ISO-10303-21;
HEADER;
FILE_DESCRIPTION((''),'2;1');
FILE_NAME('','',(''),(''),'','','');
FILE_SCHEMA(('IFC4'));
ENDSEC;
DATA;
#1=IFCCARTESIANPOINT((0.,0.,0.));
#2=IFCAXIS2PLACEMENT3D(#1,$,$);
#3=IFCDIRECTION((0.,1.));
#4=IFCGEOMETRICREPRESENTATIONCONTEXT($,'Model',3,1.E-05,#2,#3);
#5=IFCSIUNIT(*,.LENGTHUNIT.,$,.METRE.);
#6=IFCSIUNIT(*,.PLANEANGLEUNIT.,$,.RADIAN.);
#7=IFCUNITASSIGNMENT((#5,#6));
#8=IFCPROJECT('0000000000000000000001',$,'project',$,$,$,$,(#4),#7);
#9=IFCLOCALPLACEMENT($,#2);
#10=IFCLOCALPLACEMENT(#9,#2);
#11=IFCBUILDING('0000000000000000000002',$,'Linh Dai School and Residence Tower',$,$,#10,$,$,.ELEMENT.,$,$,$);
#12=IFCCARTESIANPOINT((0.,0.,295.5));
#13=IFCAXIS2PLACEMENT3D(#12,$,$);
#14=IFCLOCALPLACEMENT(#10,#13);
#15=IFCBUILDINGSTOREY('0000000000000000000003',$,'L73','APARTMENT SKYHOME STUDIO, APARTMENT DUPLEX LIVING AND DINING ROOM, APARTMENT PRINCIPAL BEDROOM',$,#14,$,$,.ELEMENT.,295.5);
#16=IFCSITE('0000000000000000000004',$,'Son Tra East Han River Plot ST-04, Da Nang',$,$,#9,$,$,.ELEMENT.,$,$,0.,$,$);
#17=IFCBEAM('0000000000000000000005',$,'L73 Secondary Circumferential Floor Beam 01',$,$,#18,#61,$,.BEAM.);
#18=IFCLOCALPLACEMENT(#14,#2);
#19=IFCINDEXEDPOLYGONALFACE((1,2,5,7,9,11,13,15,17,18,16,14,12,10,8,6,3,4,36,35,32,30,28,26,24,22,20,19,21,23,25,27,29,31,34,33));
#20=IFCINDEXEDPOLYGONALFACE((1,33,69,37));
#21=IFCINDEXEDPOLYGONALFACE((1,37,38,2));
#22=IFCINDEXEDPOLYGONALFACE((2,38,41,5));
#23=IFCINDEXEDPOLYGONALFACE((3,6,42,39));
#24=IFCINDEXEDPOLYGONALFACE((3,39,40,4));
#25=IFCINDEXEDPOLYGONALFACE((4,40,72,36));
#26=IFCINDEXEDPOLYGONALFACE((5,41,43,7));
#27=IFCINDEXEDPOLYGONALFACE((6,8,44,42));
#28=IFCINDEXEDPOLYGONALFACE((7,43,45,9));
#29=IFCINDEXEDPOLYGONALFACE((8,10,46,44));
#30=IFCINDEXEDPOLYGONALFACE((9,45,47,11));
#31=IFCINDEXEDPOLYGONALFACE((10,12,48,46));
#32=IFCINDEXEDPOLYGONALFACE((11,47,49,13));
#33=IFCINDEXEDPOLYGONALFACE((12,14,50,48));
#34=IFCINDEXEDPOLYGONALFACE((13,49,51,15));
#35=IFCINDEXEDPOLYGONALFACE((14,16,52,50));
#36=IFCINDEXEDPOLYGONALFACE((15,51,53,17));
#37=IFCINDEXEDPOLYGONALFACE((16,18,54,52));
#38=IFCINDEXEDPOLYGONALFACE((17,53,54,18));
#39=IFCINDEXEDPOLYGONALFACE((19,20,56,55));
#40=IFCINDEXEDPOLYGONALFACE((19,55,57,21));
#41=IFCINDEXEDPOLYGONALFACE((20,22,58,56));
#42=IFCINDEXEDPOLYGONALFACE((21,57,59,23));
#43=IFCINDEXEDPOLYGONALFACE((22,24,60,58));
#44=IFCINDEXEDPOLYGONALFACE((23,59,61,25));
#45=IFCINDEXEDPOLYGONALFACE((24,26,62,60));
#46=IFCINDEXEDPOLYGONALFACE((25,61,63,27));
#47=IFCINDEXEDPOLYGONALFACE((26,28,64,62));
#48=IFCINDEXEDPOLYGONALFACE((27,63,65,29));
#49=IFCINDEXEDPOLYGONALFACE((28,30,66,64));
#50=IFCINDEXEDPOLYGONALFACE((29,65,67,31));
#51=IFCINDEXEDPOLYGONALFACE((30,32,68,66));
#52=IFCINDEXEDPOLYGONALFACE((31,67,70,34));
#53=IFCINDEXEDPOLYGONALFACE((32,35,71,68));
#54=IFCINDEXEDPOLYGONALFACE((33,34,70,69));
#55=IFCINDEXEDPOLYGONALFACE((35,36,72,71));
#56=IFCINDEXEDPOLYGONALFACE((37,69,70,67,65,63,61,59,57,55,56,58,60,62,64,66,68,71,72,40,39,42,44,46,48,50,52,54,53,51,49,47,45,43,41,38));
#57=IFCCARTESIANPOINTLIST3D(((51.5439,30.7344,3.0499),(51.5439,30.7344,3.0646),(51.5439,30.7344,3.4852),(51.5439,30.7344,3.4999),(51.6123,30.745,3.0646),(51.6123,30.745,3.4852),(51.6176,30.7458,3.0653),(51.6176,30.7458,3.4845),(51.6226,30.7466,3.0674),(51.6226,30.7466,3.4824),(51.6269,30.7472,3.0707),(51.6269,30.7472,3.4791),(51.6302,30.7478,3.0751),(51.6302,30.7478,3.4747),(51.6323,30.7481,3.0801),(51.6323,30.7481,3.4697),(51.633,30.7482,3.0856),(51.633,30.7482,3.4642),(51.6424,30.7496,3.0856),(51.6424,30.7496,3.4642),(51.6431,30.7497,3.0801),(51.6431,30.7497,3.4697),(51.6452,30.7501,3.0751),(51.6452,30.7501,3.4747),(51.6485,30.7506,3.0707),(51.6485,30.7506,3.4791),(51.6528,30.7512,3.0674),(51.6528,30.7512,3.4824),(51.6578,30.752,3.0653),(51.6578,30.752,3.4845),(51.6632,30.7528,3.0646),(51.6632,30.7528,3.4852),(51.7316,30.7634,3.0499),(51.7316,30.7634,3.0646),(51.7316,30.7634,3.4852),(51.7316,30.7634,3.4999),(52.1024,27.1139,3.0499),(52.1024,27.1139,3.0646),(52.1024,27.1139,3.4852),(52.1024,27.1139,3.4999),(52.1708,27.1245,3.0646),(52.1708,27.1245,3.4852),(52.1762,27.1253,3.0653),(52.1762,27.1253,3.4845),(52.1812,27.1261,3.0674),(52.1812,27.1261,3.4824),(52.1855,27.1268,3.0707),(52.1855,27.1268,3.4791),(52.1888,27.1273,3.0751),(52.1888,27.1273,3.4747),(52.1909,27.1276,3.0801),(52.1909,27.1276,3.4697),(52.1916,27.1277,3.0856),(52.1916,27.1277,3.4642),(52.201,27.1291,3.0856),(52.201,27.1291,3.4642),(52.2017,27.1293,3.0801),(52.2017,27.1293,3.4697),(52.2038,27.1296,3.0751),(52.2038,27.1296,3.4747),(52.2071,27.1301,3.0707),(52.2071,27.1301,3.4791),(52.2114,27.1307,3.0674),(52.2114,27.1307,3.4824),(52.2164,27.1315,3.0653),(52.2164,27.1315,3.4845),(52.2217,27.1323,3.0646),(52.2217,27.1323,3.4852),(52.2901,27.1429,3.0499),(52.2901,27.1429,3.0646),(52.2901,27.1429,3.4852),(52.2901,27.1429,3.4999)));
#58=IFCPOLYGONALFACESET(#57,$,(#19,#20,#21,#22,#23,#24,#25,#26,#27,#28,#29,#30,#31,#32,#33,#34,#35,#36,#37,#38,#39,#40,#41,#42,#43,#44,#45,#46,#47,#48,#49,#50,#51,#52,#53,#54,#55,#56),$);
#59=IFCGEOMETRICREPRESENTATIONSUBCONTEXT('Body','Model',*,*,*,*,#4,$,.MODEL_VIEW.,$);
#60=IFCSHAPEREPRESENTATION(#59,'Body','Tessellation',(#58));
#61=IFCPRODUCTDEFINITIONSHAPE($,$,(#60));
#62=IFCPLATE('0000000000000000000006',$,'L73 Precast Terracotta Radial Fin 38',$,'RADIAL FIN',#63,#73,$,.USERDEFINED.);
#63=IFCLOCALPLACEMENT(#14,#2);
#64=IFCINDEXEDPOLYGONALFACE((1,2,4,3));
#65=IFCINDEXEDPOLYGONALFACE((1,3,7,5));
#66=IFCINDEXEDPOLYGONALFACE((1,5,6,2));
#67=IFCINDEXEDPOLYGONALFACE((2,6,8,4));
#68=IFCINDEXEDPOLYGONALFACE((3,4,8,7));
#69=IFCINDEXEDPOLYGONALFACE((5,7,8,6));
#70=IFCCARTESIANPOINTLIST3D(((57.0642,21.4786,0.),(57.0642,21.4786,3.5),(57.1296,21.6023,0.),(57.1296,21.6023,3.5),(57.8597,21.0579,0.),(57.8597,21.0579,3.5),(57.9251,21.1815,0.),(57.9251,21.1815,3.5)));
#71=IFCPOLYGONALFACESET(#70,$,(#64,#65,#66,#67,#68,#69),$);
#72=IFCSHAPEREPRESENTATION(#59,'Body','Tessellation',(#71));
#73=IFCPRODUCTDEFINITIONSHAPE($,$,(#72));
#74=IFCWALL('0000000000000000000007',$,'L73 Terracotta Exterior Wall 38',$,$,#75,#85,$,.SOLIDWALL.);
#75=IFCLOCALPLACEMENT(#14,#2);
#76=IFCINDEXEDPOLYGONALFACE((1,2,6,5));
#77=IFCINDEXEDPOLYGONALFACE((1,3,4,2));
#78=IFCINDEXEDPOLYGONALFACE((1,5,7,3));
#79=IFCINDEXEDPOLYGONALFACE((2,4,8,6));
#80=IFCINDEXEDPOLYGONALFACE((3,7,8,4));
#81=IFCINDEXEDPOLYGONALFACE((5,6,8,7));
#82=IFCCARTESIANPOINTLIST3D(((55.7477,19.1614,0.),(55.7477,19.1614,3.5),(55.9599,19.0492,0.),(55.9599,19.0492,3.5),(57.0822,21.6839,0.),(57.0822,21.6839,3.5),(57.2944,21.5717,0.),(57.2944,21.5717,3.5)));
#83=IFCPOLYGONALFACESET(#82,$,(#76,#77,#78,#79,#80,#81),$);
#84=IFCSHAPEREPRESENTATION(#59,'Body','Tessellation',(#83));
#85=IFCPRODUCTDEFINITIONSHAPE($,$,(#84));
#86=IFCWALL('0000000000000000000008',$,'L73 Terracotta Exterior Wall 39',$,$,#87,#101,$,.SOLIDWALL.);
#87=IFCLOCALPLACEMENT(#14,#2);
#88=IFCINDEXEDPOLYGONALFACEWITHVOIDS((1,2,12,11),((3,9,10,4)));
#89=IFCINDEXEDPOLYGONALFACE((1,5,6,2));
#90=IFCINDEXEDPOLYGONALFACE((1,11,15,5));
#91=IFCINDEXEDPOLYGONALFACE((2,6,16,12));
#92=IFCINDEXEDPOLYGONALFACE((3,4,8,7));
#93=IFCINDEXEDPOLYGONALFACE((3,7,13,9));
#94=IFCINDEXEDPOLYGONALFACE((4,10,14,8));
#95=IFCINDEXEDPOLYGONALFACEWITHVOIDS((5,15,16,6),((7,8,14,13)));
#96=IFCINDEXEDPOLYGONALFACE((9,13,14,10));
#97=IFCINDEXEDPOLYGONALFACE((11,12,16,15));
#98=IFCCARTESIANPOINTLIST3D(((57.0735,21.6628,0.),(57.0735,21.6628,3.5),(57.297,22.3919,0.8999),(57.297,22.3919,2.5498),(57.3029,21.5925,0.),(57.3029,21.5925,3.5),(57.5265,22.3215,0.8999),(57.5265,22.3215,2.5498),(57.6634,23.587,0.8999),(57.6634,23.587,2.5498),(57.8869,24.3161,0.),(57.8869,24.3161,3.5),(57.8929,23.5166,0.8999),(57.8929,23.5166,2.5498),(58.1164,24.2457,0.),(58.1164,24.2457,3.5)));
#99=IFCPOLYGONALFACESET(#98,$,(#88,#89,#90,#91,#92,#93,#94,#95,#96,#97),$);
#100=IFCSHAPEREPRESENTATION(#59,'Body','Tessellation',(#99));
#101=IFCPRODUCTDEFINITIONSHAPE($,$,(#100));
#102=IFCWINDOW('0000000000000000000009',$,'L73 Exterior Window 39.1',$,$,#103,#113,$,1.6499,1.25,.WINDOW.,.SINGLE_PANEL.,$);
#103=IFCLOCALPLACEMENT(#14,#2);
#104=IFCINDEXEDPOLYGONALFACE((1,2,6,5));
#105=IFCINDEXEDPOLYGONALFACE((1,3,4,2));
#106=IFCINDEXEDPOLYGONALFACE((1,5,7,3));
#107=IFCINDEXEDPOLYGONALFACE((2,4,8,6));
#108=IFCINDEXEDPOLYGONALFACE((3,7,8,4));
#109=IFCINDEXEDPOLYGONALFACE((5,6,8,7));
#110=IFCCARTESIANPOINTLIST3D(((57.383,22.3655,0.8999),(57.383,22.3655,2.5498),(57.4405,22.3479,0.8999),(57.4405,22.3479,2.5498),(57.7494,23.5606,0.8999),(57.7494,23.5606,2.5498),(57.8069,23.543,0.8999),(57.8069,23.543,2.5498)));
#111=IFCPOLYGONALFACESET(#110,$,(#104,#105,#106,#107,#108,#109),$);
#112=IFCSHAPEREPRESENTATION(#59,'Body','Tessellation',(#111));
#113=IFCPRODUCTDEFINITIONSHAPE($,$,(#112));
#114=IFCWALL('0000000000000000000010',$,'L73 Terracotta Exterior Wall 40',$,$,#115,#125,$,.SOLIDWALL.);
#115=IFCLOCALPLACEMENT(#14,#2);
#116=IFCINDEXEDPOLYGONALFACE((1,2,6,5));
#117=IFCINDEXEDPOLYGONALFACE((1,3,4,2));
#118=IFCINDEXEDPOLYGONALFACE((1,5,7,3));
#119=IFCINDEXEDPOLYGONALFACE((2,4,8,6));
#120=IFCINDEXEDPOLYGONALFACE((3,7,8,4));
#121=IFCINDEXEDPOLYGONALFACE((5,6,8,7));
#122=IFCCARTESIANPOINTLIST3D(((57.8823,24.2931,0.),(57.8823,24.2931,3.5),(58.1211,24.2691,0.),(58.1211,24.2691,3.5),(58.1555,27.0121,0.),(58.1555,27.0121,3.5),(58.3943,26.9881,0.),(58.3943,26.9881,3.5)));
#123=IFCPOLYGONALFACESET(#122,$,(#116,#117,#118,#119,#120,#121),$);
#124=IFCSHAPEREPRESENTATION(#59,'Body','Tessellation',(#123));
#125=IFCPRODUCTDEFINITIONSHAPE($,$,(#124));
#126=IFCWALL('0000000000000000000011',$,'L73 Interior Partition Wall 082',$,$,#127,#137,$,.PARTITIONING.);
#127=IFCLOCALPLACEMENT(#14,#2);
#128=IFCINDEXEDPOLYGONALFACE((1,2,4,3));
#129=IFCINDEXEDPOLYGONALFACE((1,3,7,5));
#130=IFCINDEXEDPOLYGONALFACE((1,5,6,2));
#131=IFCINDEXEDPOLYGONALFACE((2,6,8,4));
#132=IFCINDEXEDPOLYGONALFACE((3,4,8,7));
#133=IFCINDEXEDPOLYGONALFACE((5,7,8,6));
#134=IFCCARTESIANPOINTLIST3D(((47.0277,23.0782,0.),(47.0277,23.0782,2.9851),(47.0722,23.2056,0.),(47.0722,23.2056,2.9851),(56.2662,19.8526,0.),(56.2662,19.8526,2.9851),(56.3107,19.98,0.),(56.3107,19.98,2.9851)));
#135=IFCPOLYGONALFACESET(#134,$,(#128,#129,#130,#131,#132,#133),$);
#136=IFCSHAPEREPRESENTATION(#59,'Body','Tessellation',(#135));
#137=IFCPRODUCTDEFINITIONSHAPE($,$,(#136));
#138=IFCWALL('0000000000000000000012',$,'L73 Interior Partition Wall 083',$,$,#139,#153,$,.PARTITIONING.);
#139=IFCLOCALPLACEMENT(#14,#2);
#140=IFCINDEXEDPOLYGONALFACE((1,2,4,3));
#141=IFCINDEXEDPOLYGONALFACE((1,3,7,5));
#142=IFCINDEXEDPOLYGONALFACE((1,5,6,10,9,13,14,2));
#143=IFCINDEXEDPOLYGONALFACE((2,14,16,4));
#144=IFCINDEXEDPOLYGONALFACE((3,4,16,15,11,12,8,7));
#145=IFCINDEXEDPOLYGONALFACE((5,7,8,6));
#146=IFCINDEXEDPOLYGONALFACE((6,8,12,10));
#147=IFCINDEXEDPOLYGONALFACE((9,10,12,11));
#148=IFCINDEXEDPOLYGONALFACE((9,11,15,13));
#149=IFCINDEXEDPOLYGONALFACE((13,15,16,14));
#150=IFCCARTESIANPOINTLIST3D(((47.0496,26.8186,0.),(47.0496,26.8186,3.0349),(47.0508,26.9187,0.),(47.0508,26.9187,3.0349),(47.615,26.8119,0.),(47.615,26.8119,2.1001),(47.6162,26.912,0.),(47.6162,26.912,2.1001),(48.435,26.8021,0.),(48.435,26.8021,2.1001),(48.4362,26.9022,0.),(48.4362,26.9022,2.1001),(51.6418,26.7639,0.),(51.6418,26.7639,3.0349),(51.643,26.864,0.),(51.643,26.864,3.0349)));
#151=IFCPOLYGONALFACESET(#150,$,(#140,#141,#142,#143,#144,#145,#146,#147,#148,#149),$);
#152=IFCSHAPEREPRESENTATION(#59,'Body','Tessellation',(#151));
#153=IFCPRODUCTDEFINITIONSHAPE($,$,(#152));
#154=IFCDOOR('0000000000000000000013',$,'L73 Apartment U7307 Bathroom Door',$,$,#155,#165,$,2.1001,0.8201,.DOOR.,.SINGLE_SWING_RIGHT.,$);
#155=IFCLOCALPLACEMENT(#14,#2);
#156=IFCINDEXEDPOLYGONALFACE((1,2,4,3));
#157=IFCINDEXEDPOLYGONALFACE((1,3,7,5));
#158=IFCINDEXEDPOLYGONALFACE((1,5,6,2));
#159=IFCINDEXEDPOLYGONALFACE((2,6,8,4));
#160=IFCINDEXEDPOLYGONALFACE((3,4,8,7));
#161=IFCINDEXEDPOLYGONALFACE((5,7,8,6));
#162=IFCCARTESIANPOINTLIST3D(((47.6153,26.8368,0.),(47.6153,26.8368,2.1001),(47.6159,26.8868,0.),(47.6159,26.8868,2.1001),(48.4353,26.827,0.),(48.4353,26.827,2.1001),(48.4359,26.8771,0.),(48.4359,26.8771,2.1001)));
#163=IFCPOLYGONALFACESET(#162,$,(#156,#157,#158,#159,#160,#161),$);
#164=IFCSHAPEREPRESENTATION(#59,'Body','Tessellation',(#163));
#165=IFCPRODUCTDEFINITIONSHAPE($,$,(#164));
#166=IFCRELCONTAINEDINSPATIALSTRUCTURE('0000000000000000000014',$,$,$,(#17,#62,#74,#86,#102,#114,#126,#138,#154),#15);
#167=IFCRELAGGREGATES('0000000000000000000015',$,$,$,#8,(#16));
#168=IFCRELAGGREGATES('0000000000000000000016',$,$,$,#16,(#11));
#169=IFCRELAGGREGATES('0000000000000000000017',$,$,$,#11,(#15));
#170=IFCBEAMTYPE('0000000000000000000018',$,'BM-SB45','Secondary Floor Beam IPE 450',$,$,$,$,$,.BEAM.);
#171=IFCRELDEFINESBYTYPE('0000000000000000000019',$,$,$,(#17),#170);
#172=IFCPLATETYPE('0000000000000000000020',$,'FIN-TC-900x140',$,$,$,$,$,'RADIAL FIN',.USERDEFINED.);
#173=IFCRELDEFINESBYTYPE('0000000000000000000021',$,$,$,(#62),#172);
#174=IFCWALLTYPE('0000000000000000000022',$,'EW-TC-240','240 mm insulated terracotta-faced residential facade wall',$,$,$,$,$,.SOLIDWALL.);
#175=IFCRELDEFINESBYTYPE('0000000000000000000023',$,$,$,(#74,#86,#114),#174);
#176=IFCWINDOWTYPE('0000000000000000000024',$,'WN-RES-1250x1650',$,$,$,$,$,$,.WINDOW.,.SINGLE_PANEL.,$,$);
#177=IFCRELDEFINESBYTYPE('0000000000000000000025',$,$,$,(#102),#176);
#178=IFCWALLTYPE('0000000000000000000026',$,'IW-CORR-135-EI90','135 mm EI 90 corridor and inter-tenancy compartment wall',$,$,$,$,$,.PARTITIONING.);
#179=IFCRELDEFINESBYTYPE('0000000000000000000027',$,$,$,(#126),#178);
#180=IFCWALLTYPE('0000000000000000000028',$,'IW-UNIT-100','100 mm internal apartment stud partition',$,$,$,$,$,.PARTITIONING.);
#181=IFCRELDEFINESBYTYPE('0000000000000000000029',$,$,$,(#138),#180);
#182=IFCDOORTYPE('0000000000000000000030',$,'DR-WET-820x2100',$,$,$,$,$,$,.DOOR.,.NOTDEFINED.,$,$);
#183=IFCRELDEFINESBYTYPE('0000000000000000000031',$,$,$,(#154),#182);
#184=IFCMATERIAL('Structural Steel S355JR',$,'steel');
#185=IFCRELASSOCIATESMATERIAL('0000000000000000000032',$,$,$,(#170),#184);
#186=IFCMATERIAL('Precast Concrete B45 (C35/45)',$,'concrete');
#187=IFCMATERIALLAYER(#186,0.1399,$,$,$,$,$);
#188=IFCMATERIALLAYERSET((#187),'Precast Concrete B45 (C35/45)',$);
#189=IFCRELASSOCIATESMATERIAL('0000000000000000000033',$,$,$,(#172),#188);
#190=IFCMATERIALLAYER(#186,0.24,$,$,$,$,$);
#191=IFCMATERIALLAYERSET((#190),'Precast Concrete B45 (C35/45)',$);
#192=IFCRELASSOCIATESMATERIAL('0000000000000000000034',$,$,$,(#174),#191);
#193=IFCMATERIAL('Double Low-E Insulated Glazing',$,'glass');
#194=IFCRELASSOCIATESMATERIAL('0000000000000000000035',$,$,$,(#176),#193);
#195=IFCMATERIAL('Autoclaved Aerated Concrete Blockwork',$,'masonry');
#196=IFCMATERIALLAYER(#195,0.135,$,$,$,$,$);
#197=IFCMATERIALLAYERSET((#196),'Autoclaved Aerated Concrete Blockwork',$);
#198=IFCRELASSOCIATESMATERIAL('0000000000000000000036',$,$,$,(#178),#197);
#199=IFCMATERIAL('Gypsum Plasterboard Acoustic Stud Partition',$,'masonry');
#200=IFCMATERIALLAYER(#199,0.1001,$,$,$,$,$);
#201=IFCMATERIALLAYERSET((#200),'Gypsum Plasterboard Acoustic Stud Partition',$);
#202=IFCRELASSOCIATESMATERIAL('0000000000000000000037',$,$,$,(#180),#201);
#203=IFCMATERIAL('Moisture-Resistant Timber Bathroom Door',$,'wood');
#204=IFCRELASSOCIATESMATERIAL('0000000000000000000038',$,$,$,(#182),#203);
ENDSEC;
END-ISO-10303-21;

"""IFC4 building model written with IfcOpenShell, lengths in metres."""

from ifc_helpers import new_model, si_unit, direction, frame, frame_2d, origin, origin_2d, place, context, subcontext, project, spatial, rectangle, i_section, extrude, source, transform, mapped, material, layer, layer_set, material_profile, profile_set, type_object, element, fill, save


model = new_model("IFC4")

# Units and contexts
model_context = context("Model", 3, precision=1e-05, world=origin(), true_north=direction((0.0, 1.0)))
body_context = subcontext(model_context, "Body", "Model", "MODEL_VIEW")
ifc_project = project(units=[si_unit("LENGTHUNIT", "METRE"), si_unit("PLANEANGLEUNIT", "RADIAN")], contexts=[model_context])

# Site, building, storey
site_placement = place(None, origin())
site = spatial("IfcSite", under=ifc_project, at=site_placement, Name="Son Tra East Han River Plot ST-04, Da Nang", CompositionType="ELEMENT", RefElevation=0.0)
building_placement = place(site_placement, origin())
building = spatial("IfcBuilding", under=site, at=building_placement, Name="Linh Dai School and Residence Tower", CompositionType="ELEMENT")
storey_placement = place(building_placement, frame((0.0, 0.0, 295.5)))
storey = spatial("IfcBuildingStorey", under=building, at=storey_placement, Name="L73", Description="APARTMENT SKYHOME STUDIO, APARTMENT DUPLEX LIVING AND DINING ROOM, APARTMENT PRINCIPAL BEDROOM", CompositionType="ELEMENT", Elevation=295.5)

# Shared definitions
ifc_material_1 = material(Name="Structural Steel S355JR", Category="steel")

# Beam
ifc_material_profile_1 = material_profile(ifc_material_1, i_section(OverallWidth=0.1899, OverallDepth=0.45, WebThickness=0.0095, FlangeThickness=0.0146, FilletRadius=0.021, at=origin_2d()), Name="IPE 450")
ifc_profile_set_1 = profile_set([ifc_material_profile_1], Name="Structural Steel S355JR")
beam_type_1 = type_object("IfcBeamType", Name="BM-SB45", Description="Secondary Floor Beam IPE 450", PredefinedType="BEAM", material=ifc_profile_set_1)
beam_1_placement = place(storey_placement, frame((52.1963, 27.1284, 3.2749), z_axis=(-0.152478, 0.988307, 0.0), x_axis=(-0.988307, -0.152478, 0.0)))
element("IfcBeam", 1, at=beam_1_placement, inside=storey, type_object=beam_type_1, Name="L73 Secondary Circumferential Floor Beam 01", PredefinedType="BEAM", context=body_context, shape_type="SweptSolid", body=[
    extrude(i_section(OverallWidth=0.1899, OverallDepth=0.45, WebThickness=0.0095, FlangeThickness=0.0146, FilletRadius=0.021, at=origin_2d()), origin(), (0.0, 0.0, 1.0), 3.6633),
])

# Plate
ifc_material_2 = material(Name="Precast Concrete B45 (C35/45)", Category="concrete")
ifc_layer_1 = layer(ifc_material_2, 0.1399)
ifc_layer_set_1 = layer_set([ifc_layer_1], Name="Precast Concrete B45 (C35/45)")
plate_type = type_object("IfcPlateType", Name="FIN-TC-900x140", ElementType="RADIAL FIN", PredefinedType="USERDEFINED", material=ifc_layer_set_1)
shared_shape_1 = source(origin(), body_context, "Body", "SweptSolid", [
    extrude(rectangle(XDim=0.8999, YDim=0.1399, at=origin_2d()), origin(), (0.0, 0.0, 1.0), 3.5),
])
plate_placement = place(storey_placement, frame((57.4946, 21.3301, 0.0), z_axis=(0.0, 0.0, 1.0), x_axis=(0.883938, -0.467604, 0.0)))
element("IfcPlate", 2, at=plate_placement, inside=storey, type_object=plate_type, Name="L73 Precast Terracotta Radial Fin 38", ObjectType="RADIAL FIN", PredefinedType="USERDEFINED", context=body_context, shape_type="MappedRepresentation", body=[
    mapped(shared_shape_1, transform((0.0, 0.0, 0.0), x_axis=(1.0, 0.0, 0.0), y_axis=(0.0, 1.0, 0.0), z_axis=(0.0, 0.0, 1.0), scale=1.0)),
])

# Wall
ifc_layer_2 = layer(ifc_material_2, 0.24)
ifc_layer_set_2 = layer_set([ifc_layer_2], Name="Precast Concrete B45 (C35/45)")
wall_type_1 = type_object("IfcWallType", Name="EW-TC-240", Description="240 mm insulated terracotta-faced residential facade wall", PredefinedType="SOLIDWALL", material=ifc_layer_set_2)
wall_1_placement = place(storey_placement, frame((57.1882, 21.6277, 0.0), z_axis=(0.0, 0.0, 1.0), x_axis=(-0.467628, -0.883925, 0.0)))
element("IfcWall", 3, at=wall_1_placement, inside=storey, type_object=wall_type_1, Name="L73 Terracotta Exterior Wall 38", PredefinedType="SOLIDWALL", context=body_context, shape_type="SweptSolid", body=[
    extrude(rectangle(XDim=2.8538, YDim=0.24, at=frame_2d((1.4268, 0.0))), origin(), (0.0, 0.0, 1.0), 3.5),
])

# Wall, opening, window
wall_2_placement = place(storey_placement, frame((58.0017, 24.281, 0.0), z_axis=(0.0, 0.0, 1.0), x_axis=(-0.293121, -0.956075, 0.0)))
wall_2 = element("IfcWall", 4, at=wall_2_placement, inside=storey, type_object=wall_type_1, Name="L73 Terracotta Exterior Wall 39", PredefinedType="SOLIDWALL", context=body_context, shape_type="SweptSolid", body=[
    extrude(rectangle(XDim=2.7751, YDim=0.24, at=frame_2d((1.3877, 0.0))), origin(), (0.0, 0.0, 1.0), 3.5),
])
opening_1_placement = place(wall_2_placement, frame((0.7627, 0.0, 0.8999)))
opening_1 = element("IfcOpeningElement", 5, at=opening_1_placement, cuts=wall_2, PredefinedType="OPENING", context=body_context, shape_type="SweptSolid", body=[
    extrude(rectangle(XDim=1.25, YDim=1.6499, at=origin_2d()), frame((0.625, 0.1299, 0.825), z_axis=(0.0, -1.0, 0.0), x_axis=(1.0, 0.0, 0.0)), (0.0, 0.0, 1.0), 0.26),
])
ifc_material_3 = material(Name="Double Low-E Insulated Glazing", Category="glass")
window_type = type_object("IfcWindowType", Name="WN-RES-1250x1650", PartitioningType="SINGLE_PANEL", PredefinedType="WINDOW", material=ifc_material_3)
shared_shape_2 = source(origin(), body_context, "Body", "SweptSolid", [
    extrude(rectangle(XDim=1.25, YDim=1.6499, at=origin_2d()), frame((0.625, 0.03, 0.825), z_axis=(0.0, -1.0, 0.0), x_axis=(1.0, 0.0, 0.0)), (0.0, 0.0, 1.0), 0.0601),
])
window_placement = place(opening_1_placement, origin())
window = element("IfcWindow", 6, at=window_placement, inside=storey, type_object=window_type, Name="L73 Exterior Window 39.1", OverallHeight=1.6499, OverallWidth=1.25, PartitioningType="SINGLE_PANEL", PredefinedType="WINDOW", context=body_context, shape_type="MappedRepresentation", body=[
    mapped(shared_shape_2, transform((0.0, 0.0, 0.0), x_axis=(1.0, 0.0, 0.0), y_axis=(0.0, 1.0, 0.0), z_axis=(0.0, 0.0, 1.0), scale=1.0)),
])
fill(opening_1, window)

# Walls
wall_3_placement = place(storey_placement, frame((58.2749, 27.0, 0.0), z_axis=(0.0, 0.0, 1.0), x_axis=(-0.099973, -0.99499, 0.0)))
element("IfcWall", 7, at=wall_3_placement, inside=storey, type_object=wall_type_1, Name="L73 Terracotta Exterior Wall 40", PredefinedType="SOLIDWALL", context=body_context, shape_type="SweptSolid", body=[
    extrude(rectangle(XDim=2.7327, YDim=0.24, at=frame_2d((1.3662, 0.0))), origin(), (0.0, 0.0, 1.0), 3.5),
])
ifc_material_4 = material(Name="Autoclaved Aerated Concrete Blockwork", Category="masonry")
ifc_layer_3 = layer(ifc_material_4, 0.135)
ifc_layer_set_3 = layer_set([ifc_layer_3], Name="Autoclaved Aerated Concrete Blockwork")
wall_type_2 = type_object("IfcWallType", Name="IW-CORR-135-EI90", Description="135 mm EI 90 corridor and inter-tenancy compartment wall", PredefinedType="PARTITIONING", material=ifc_layer_set_3)
wall_4_placement = place(storey_placement, frame((47.05, 23.1418, 0.0), z_axis=(0.0, 0.0, 1.0), x_axis=(0.94411, -0.329631, 0.0)))
element("IfcWall", 8, at=wall_4_placement, inside=storey, type_object=wall_type_2, Name="L73 Interior Partition Wall 082", PredefinedType="PARTITIONING", context=body_context, shape_type="SweptSolid", body=[
    extrude(rectangle(XDim=9.7854, YDim=0.135, at=frame_2d((4.8926, 0.0))), origin(), (0.0, 0.0, 1.0), 2.9851),
])

# Wall, opening, door
ifc_material_5 = material(Name="Gypsum Plasterboard Acoustic Stud Partition", Category="masonry")
ifc_layer_4 = layer(ifc_material_5, 0.1001)
ifc_layer_set_4 = layer_set([ifc_layer_4], Name="Gypsum Plasterboard Acoustic Stud Partition")
wall_type_3 = type_object("IfcWallType", Name="IW-UNIT-100", Description="100 mm internal apartment stud partition", PredefinedType="PARTITIONING", material=ifc_layer_set_4)
wall_5_placement = place(storey_placement, frame((47.05, 26.8687, 0.0), z_axis=(0.0, 0.0, 1.0), x_axis=(0.999929, -0.011908, 0.0)))
wall_5 = element("IfcWall", 9, at=wall_5_placement, inside=storey, type_object=wall_type_3, Name="L73 Interior Partition Wall 083", PredefinedType="PARTITIONING", context=body_context, shape_type="SweptSolid", body=[
    extrude(rectangle(XDim=4.5925, YDim=0.1001, at=frame_2d((2.2964, 0.0))), origin(), (0.0, 0.0, 1.0), 3.0349),
])
opening_2_placement = place(wall_5_placement, frame((0.5654, 0.0, 0.0)))
opening_2 = element("IfcOpeningElement", 10, at=opening_2_placement, cuts=wall_5, PredefinedType="OPENING", context=body_context, shape_type="SweptSolid", body=[
    extrude(rectangle(XDim=0.8201, YDim=2.1001, at=origin_2d()), frame((0.4102, 0.0601, 1.05), z_axis=(0.0, -1.0, 0.0), x_axis=(1.0, 0.0, 0.0)), (0.0, 0.0, 1.0), 0.1201),
])
ifc_material_6 = material(Name="Moisture-Resistant Timber Bathroom Door", Category="wood")
door_type = type_object("IfcDoorType", Name="DR-WET-820x2100", OperationType="NOTDEFINED", PredefinedType="DOOR", material=ifc_material_6)
shared_shape_3 = source(origin(), body_context, "Body", "SweptSolid", [
    extrude(rectangle(XDim=0.8201, YDim=2.1001, at=origin_2d()), frame((0.4102, 0.0249, 1.05), z_axis=(0.0, -1.0, 0.0), x_axis=(1.0, 0.0, 0.0)), (0.0, 0.0, 1.0), 0.05),
])
door_placement = place(opening_2_placement, origin())
door = element("IfcDoor", 11, at=door_placement, inside=storey, type_object=door_type, Name="L73 Apartment U7307 Bathroom Door", OperationType="SINGLE_SWING_RIGHT", OverallHeight=2.1001, OverallWidth=0.8201, PredefinedType="DOOR", context=body_context, shape_type="MappedRepresentation", body=[
    mapped(shared_shape_3, transform((0.0, 0.0, 0.0), x_axis=(1.0, 0.0, 0.0), y_axis=(0.0, 1.0, 0.0), z_axis=(0.0, 0.0, 1.0), scale=1.0)),
])
fill(opening_2, door)

save(model, "model.ifc")
